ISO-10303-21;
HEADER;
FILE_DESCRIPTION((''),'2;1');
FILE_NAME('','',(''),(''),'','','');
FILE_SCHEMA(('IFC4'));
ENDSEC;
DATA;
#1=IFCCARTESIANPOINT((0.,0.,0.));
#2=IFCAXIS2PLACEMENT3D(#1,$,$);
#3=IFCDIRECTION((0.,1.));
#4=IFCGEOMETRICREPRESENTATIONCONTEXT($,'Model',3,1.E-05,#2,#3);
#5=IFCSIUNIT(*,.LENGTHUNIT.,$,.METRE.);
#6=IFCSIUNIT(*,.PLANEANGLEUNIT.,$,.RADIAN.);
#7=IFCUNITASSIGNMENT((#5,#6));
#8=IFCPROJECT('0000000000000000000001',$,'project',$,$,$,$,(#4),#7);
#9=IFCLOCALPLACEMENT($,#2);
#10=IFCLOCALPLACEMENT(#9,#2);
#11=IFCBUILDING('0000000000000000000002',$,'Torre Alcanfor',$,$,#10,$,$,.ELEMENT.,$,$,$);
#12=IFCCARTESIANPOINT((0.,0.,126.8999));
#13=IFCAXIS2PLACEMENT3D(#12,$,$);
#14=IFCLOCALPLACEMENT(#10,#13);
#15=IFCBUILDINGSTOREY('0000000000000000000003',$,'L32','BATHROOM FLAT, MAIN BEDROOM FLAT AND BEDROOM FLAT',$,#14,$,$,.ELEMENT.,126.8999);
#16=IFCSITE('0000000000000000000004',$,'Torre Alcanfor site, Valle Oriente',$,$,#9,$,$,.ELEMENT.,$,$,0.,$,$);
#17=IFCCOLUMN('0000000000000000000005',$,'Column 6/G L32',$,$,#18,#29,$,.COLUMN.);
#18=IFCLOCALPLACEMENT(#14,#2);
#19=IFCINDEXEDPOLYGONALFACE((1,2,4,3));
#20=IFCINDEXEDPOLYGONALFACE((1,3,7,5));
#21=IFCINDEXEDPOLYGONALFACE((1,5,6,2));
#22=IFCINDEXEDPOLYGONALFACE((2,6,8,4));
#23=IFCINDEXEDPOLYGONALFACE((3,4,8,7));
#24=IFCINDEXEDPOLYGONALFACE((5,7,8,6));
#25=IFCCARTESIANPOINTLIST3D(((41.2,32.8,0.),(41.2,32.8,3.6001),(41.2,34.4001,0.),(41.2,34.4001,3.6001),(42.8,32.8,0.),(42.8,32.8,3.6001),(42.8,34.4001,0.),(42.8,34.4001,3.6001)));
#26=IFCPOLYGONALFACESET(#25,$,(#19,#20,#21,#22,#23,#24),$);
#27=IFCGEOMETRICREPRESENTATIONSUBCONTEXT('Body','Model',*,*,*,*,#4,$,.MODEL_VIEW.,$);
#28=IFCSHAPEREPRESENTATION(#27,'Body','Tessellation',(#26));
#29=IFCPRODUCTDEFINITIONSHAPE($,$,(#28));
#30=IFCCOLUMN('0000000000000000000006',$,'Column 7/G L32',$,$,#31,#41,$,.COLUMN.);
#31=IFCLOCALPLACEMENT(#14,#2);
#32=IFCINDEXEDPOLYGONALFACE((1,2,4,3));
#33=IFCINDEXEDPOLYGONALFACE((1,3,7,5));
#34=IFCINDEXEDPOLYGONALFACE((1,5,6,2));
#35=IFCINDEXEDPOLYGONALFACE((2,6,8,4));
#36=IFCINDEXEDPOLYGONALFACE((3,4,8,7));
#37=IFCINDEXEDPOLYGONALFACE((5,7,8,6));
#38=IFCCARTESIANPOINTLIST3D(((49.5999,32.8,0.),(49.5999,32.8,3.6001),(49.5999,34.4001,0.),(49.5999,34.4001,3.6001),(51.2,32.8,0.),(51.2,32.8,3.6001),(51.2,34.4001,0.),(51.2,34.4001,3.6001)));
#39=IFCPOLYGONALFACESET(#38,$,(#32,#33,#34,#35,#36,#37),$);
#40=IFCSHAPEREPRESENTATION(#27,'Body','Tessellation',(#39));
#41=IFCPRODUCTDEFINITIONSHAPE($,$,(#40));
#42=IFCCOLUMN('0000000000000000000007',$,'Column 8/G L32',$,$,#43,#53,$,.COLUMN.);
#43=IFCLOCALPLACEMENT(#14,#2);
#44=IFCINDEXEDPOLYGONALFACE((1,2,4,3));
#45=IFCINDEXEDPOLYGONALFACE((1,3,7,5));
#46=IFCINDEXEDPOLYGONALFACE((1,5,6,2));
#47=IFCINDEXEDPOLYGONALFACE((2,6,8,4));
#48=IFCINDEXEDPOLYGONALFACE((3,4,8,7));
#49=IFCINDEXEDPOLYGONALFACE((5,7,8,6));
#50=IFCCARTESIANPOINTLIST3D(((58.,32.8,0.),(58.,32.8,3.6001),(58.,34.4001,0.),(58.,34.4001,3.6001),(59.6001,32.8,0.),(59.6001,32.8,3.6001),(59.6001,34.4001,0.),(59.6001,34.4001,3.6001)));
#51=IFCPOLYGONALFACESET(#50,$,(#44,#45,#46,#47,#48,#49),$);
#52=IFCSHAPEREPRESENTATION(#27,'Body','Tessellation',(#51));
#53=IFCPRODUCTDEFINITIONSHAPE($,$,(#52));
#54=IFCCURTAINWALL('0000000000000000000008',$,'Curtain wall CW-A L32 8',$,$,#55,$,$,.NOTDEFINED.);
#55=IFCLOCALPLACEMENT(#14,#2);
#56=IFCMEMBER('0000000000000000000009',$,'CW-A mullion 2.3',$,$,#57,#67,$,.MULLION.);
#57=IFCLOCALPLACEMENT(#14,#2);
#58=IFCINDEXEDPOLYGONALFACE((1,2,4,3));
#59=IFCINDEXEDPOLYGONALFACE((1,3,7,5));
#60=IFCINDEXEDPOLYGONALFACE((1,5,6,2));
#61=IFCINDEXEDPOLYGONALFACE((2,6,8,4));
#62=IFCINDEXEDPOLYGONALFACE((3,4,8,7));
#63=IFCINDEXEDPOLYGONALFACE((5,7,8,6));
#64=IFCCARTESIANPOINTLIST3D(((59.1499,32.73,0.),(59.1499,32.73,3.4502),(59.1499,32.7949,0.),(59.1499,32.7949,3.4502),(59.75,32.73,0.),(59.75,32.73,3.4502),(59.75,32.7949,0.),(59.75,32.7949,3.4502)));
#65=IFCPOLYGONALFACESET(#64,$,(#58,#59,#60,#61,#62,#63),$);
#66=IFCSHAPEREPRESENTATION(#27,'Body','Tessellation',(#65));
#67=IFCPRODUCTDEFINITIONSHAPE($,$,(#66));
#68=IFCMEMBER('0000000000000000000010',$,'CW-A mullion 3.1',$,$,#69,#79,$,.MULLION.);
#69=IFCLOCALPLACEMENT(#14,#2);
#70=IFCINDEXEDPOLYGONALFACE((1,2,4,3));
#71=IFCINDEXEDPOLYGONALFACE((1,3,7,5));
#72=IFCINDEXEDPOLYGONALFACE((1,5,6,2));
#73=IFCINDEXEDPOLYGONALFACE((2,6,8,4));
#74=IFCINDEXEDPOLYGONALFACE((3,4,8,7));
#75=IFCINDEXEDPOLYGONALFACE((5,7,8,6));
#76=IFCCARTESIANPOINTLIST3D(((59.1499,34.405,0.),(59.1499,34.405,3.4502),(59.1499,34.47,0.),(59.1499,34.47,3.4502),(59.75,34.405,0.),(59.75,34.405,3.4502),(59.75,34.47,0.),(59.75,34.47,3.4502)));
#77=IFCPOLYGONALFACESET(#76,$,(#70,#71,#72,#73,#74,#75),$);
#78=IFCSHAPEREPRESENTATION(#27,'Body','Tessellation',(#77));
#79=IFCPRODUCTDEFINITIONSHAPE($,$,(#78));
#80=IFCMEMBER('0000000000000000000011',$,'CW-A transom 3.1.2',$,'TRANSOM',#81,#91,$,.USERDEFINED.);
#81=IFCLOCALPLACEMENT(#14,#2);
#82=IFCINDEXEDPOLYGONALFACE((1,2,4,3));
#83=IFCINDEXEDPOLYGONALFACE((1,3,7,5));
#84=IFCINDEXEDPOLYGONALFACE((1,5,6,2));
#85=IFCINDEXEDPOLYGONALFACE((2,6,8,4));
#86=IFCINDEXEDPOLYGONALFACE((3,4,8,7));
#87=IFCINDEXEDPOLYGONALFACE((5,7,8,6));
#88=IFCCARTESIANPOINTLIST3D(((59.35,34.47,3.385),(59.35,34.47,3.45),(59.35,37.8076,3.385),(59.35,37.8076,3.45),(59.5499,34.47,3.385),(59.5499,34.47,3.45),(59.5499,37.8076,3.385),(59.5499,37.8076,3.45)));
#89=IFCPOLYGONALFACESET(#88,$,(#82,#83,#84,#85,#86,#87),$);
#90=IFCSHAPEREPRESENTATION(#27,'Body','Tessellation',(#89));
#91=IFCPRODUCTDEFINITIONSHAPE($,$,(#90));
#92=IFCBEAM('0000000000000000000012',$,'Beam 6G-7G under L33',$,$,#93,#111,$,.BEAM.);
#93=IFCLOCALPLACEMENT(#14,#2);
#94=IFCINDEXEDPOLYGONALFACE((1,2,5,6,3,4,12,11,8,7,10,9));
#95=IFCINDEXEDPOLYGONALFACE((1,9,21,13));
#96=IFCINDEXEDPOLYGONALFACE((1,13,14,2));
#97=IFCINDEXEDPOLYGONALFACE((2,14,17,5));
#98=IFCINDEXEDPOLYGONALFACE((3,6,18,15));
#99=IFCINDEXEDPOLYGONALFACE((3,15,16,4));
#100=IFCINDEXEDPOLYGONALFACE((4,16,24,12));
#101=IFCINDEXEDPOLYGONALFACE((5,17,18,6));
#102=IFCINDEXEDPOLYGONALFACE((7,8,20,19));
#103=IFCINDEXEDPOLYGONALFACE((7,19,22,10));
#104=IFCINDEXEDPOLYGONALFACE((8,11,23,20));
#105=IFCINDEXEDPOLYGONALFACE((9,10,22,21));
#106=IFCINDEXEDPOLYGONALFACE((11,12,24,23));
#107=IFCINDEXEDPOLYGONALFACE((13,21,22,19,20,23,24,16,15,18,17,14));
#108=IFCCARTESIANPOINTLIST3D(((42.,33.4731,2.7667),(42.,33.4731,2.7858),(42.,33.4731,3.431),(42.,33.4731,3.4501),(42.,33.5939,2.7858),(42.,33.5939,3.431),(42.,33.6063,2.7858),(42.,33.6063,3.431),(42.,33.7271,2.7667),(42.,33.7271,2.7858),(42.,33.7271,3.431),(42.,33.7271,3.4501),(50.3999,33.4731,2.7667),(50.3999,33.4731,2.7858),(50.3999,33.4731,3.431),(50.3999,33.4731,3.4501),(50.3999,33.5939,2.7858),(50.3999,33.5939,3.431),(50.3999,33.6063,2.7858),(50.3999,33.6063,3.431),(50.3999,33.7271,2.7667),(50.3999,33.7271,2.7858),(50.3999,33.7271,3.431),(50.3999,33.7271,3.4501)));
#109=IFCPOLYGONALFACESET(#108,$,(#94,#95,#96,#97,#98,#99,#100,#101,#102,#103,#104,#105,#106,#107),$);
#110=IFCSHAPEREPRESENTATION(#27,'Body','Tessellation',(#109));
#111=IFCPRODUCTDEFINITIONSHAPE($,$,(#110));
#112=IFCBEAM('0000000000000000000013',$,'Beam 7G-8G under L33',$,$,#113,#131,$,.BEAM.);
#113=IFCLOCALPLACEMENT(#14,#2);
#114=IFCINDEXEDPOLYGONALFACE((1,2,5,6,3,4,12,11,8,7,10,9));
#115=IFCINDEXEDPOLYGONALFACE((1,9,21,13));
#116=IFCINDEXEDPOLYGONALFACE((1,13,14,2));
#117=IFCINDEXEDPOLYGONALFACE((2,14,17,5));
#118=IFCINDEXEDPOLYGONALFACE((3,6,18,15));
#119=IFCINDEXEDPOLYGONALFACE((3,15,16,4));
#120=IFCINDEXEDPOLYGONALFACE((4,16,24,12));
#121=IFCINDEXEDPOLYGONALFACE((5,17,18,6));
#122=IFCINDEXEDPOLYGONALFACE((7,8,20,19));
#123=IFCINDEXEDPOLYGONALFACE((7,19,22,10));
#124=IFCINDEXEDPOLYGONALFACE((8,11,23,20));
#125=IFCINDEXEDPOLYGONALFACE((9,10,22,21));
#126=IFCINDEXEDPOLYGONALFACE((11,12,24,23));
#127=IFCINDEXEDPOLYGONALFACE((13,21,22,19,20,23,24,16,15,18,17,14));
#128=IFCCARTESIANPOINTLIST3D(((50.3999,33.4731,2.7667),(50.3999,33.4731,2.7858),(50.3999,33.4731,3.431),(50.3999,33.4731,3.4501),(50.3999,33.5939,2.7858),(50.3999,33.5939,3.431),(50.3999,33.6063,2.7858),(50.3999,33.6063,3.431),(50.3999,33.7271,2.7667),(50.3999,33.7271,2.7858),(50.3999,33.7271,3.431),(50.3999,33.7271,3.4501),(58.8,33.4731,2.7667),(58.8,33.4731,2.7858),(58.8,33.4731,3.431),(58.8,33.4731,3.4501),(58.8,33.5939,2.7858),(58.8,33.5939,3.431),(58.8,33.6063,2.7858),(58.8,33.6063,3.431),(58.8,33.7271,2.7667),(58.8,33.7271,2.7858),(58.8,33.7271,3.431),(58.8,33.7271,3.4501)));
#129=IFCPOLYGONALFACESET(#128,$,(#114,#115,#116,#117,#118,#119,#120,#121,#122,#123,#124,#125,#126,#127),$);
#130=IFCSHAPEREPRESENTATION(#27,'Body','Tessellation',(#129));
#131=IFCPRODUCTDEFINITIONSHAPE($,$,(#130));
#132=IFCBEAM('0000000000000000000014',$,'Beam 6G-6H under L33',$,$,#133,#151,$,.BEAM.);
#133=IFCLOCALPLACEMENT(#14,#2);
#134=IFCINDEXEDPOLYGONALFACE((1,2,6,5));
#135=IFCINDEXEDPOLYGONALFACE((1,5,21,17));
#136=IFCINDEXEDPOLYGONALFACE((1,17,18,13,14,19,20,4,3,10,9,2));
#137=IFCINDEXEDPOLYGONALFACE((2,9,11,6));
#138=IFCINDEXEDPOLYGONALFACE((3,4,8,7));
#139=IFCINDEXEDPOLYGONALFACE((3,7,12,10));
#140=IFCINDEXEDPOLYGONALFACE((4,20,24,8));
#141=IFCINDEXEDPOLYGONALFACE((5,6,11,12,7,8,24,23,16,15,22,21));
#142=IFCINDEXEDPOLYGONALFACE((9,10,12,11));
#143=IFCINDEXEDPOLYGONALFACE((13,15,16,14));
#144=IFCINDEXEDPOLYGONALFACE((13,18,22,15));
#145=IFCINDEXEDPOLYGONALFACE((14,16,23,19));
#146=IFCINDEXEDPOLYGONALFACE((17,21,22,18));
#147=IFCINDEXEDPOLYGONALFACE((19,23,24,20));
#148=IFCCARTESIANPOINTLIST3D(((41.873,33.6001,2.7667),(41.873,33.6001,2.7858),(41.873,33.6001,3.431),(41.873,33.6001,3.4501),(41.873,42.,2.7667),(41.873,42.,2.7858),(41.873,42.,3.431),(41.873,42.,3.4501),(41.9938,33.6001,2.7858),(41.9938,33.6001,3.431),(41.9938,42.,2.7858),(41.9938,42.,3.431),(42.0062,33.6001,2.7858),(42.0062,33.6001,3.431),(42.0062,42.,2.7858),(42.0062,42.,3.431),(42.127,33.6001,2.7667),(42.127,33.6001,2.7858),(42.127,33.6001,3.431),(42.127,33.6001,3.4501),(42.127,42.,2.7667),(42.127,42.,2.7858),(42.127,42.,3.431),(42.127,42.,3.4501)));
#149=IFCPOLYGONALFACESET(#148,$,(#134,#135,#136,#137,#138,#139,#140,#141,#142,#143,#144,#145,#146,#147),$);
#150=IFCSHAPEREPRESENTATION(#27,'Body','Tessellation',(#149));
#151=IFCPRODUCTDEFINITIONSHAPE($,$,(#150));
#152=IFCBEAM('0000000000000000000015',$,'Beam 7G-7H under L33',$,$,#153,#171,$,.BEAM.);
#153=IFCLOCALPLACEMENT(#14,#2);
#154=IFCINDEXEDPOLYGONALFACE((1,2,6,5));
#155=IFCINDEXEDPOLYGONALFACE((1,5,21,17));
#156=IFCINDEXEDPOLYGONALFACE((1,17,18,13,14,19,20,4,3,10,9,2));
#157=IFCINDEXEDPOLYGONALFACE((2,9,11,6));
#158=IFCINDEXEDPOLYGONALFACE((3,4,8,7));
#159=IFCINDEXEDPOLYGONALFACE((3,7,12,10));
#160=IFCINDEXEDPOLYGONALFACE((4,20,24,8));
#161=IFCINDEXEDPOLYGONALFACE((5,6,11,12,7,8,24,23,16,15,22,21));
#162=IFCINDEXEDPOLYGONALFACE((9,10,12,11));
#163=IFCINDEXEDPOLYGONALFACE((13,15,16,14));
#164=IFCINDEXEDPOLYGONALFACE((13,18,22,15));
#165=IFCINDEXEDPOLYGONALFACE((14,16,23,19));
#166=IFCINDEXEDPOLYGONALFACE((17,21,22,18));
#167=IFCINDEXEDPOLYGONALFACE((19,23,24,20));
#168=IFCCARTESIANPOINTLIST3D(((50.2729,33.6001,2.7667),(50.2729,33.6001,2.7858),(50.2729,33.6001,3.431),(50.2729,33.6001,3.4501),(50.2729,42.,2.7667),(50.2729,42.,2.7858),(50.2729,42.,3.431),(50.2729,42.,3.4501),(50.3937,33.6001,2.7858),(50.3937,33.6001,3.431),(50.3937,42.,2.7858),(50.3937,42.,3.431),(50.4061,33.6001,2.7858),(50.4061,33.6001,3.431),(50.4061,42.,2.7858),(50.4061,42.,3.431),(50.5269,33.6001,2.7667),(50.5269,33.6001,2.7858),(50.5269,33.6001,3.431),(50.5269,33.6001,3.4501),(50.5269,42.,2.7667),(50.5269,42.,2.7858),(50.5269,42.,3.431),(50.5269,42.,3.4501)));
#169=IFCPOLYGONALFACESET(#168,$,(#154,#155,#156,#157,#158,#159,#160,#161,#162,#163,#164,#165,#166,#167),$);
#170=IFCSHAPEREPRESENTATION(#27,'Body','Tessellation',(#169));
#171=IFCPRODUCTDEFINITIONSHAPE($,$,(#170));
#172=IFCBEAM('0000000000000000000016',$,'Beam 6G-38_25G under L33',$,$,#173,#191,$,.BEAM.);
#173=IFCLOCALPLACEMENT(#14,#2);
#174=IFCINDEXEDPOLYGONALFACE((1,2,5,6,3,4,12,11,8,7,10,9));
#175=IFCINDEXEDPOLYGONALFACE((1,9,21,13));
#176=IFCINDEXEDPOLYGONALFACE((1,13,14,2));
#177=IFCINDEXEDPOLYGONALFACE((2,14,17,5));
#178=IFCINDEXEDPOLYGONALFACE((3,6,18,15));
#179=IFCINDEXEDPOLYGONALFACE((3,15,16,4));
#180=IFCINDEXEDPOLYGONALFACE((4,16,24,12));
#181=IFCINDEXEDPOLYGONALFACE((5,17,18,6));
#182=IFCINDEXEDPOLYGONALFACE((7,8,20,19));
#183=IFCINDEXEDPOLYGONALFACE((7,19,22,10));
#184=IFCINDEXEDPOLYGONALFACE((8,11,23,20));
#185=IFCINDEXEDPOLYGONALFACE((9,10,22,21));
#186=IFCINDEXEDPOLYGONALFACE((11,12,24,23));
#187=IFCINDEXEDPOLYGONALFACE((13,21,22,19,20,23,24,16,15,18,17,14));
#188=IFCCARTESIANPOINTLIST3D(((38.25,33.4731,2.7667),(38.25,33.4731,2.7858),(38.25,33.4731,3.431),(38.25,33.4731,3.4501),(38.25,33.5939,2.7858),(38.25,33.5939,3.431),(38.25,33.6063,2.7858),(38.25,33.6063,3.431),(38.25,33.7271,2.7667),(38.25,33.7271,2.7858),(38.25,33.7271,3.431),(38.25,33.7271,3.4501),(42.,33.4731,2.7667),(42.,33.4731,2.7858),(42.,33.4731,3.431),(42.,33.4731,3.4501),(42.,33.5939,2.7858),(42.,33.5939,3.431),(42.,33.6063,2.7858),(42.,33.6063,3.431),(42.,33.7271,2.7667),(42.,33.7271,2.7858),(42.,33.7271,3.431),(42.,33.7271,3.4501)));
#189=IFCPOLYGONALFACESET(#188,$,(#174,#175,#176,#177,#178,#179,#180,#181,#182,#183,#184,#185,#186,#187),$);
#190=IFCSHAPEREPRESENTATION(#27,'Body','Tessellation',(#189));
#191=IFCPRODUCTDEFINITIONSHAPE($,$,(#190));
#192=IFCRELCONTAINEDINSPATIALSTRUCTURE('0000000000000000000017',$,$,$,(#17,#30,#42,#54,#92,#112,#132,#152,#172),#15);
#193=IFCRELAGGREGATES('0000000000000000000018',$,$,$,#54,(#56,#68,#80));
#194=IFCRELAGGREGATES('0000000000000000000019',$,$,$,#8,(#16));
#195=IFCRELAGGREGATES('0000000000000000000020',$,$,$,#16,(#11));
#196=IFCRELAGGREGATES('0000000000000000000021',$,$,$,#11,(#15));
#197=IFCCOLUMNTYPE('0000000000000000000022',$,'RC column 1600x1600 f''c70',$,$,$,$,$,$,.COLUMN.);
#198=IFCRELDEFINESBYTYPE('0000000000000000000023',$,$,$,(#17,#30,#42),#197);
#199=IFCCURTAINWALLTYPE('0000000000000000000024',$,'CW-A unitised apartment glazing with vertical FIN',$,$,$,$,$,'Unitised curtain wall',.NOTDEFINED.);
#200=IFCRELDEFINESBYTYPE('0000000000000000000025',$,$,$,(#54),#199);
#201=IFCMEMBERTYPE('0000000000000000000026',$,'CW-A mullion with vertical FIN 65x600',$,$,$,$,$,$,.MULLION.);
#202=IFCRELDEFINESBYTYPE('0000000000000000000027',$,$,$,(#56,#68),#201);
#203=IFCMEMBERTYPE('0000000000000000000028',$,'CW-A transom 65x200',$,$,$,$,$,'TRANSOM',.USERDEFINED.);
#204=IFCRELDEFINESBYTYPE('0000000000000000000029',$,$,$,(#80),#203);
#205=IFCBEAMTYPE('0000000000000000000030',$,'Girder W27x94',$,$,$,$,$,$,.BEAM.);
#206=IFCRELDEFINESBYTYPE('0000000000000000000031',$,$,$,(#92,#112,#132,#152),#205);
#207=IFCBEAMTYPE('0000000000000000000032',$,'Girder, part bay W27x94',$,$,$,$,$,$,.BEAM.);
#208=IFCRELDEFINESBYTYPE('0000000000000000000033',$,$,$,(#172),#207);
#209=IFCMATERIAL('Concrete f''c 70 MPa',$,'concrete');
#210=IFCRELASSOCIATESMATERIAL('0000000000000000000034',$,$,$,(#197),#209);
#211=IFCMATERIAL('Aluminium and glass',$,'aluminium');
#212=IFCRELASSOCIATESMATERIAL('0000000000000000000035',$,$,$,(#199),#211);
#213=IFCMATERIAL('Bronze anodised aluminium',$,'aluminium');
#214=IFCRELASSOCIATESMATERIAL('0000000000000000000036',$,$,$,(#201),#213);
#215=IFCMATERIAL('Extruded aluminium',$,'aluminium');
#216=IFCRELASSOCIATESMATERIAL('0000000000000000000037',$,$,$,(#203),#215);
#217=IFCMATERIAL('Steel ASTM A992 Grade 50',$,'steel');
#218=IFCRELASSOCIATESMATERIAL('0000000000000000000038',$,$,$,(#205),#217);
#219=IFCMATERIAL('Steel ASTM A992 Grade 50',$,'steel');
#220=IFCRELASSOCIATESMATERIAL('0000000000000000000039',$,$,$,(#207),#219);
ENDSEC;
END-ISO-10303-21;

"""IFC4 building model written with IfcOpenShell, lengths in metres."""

from ifc_helpers import new_model, si_unit, direction, frame, origin, origin_2d, place, context, subcontext, project, spatial, rectangle, i_section, extrude, material, material_profile, profile_set, type_object, element, aggregate, save


model = new_model("IFC4")

# Units and contexts
model_context = context("Model", 3, precision=1e-05, world=origin(), true_north=direction((0.0, 1.0)))
body_context = subcontext(model_context, "Body", "Model", "MODEL_VIEW")
ifc_project = project(units=[si_unit("LENGTHUNIT", "METRE"), si_unit("PLANEANGLEUNIT", "RADIAN")], contexts=[model_context])

# Site, building, storey
site_placement = place(None, origin())
site = spatial("IfcSite", under=ifc_project, at=site_placement, Name="Torre Alcanfor site, Valle Oriente", CompositionType="ELEMENT", RefElevation=0.0)
building_placement = place(site_placement, origin())
building = spatial("IfcBuilding", under=site, at=building_placement, Name="Torre Alcanfor", CompositionType="ELEMENT")
storey_placement = place(building_placement, frame((0.0, 0.0, 126.8999)))
storey = spatial("IfcBuildingStorey", under=building, at=storey_placement, Name="L32", Description="BATHROOM FLAT, MAIN BEDROOM FLAT AND BEDROOM FLAT", CompositionType="ELEMENT", Elevation=126.8999)

# Columns
ifc_material_1 = material(Name="Concrete f'c 70 MPa", Category="concrete")
ifc_material_profile_1 = material_profile(ifc_material_1, rectangle(XDim=1.6001, YDim=1.6001, at=origin_2d()), Name="1600x1600")
ifc_profile_set_1 = profile_set([ifc_material_profile_1], Name="Concrete f'c 70 MPa")
column_type = type_object("IfcColumnType", Name="RC column 1600x1600 f'c70", PredefinedType="COLUMN", material=ifc_profile_set_1)
for number, where, z_axis, x_axis, name in (
    (1, (42.0, 33.6001, 0.0), (0.0, 0.0, 1.0), (1.0, 0.0, 0.0), "Column 6/G L32"),
    (2, (50.3999, 33.6001, 0.0), (0.0, 0.0, 1.0), (1.0, 0.0, 0.0), "Column 7/G L32"),
    (3, (58.8, 33.6001, 0.0), (0.0, 0.0, 1.0), (1.0, 0.0, 0.0), "Column 8/G L32"),
):
    element("IfcColumn", number, at=place(storey_placement, frame(where, z_axis=z_axis, x_axis=x_axis)), inside=storey, type_object=column_type, Name=name, PredefinedType="COLUMN", context=body_context, shape_type="SweptSolid", body=[
        extrude(rectangle(XDim=1.6001, YDim=1.6001, at=origin_2d()), origin(), (0.0, 0.0, 1.0), 3.6001),
    ])

# Curtain wall, members
ifc_material_2 = material(Name="Aluminium and glass", Category="aluminium")
curtain_wall_type = type_object("IfcCurtainWallType", Name="CW-A unitised apartment glazing with vertical FIN", ElementType="Unitised curtain wall", PredefinedType="NOTDEFINED", material=ifc_material_2)
curtain_wall_placement = place(storey_placement, origin())
curtain_wall = element("IfcCurtainWall", 4, at=curtain_wall_placement, inside=storey, type_object=curtain_wall_type, Name="Curtain wall CW-A L32 8", PredefinedType="NOTDEFINED")
ifc_material_3 = material(Name="Bronze anodised aluminium", Category="aluminium")
ifc_material_profile_2 = material_profile(ifc_material_3, rectangle(XDim=0.6001, YDim=0.0649, at=origin_2d()), Name="CW-A mullion 65x600")
ifc_profile_set_2 = profile_set([ifc_material_profile_2], Name="Bronze anodised aluminium")
member_type_1 = type_object("IfcMemberType", Name="CW-A mullion with vertical FIN 65x600", PredefinedType="MULLION", material=ifc_profile_set_2)
member_1_placement = place(storey_placement, frame((59.45, 32.7625, 0.0), z_axis=(0.0, 0.0, 1.0), x_axis=(-1.0, 0.0, 0.0)))
member_1 = element("IfcMember", 5, at=member_1_placement, type_object=member_type_1, Name="CW-A mullion 2.3", PredefinedType="MULLION", context=body_context, shape_type="SweptSolid", body=[
    extrude(rectangle(XDim=0.6001, YDim=0.0649, at=origin_2d()), origin(), (0.0, 0.0, 1.0), 3.4502),
])
member_2_placement = place(storey_placement, frame((59.45, 34.4375, 0.0), z_axis=(0.0, 0.0, 1.0), x_axis=(-1.0, 0.0, 0.0)))
member_2 = element("IfcMember", 6, at=member_2_placement, type_object=member_type_1, Name="CW-A mullion 3.1", PredefinedType="MULLION", context=body_context, shape_type="SweptSolid", body=[
    extrude(rectangle(XDim=0.6001, YDim=0.0649, at=origin_2d()), origin(), (0.0, 0.0, 1.0), 3.4502),
])
ifc_material_4 = material(Name="Extruded aluminium", Category="aluminium")
ifc_material_profile_3 = material_profile(ifc_material_4, rectangle(XDim=0.2, YDim=0.0649, at=origin_2d()), Name="CW-A transom 200x65")
ifc_profile_set_3 = profile_set([ifc_material_profile_3], Name="Extruded aluminium")
member_type_2 = type_object("IfcMemberType", Name="CW-A transom 65x200", ElementType="TRANSOM", PredefinedType="USERDEFINED", material=ifc_profile_set_3)
member_3_placement = place(storey_placement, frame((59.45, 34.47, 3.4175), z_axis=(0.0, 1.0, 0.0), x_axis=(-1.0, 0.0, 0.0)))
member_3 = element("IfcMember", 7, at=member_3_placement, type_object=member_type_2, Name="CW-A transom 3.1.2", ObjectType="TRANSOM", PredefinedType="USERDEFINED", context=body_context, shape_type="SweptSolid", body=[
    extrude(rectangle(XDim=0.2, YDim=0.0649, at=origin_2d()), origin(), (0.0, 0.0, 1.0), 3.3376),
])

# Beams
ifc_material_5 = material(Name="Steel ASTM A992 Grade 50", Category="steel")
ifc_material_profile_4 = material_profile(ifc_material_5, i_section(OverallWidth=0.2539, OverallDepth=0.6833, WebThickness=0.0125, FlangeThickness=0.019, at=origin_2d()), Name="W27x94")
ifc_profile_set_4 = profile_set([ifc_material_profile_4], Name="Steel ASTM A992 Grade 50")
beam_type_1 = type_object("IfcBeamType", Name="Girder W27x94", PredefinedType="BEAM", material=ifc_profile_set_4)
beam_1_placement = place(storey_placement, frame((42.0, 33.6001, 3.1084), z_axis=(1.0, 0.0, 0.0), x_axis=(0.0, 1.0, 0.0)))
element("IfcBeam", 8, at=beam_1_placement, inside=storey, type_object=beam_type_1, Name="Beam 6G-7G under L33", PredefinedType="BEAM", context=body_context, shape_type="SweptSolid", body=[
    extrude(i_section(OverallWidth=0.2539, OverallDepth=0.6833, WebThickness=0.0125, FlangeThickness=0.019, at=origin_2d()), origin(), (0.0, 0.0, 1.0), 8.3999),
])
beam_2_placement = place(storey_placement, frame((50.3999, 33.6001, 3.1084), z_axis=(1.0, 0.0, 0.0), x_axis=(0.0, 1.0, 0.0)))
element("IfcBeam", 9, at=beam_2_placement, inside=storey, type_object=beam_type_1, Name="Beam 7G-8G under L33", PredefinedType="BEAM", context=body_context, shape_type="SweptSolid", body=[
    extrude(i_section(OverallWidth=0.2539, OverallDepth=0.6833, WebThickness=0.0125, FlangeThickness=0.019, at=origin_2d()), origin(), (0.0, 0.0, 1.0), 8.4001),
])
for number, where, z_axis, x_axis, name in (
    (10, (42.0, 33.6001, 3.1084), (0.0, 1.0, 0.0), (-1.0, 0.0, 0.0), "Beam 6G-6H under L33"),
    (11, (50.3999, 33.6001, 3.1084), (0.0, 1.0, 0.0), (-1.0, 0.0, 0.0), "Beam 7G-7H under L33"),
):
    element("IfcBeam", number, at=place(storey_placement, frame(where, z_axis=z_axis, x_axis=x_axis)), inside=storey, type_object=beam_type_1, Name=name, PredefinedType="BEAM", context=body_context, shape_type="SweptSolid", body=[
        extrude(i_section(OverallWidth=0.2539, OverallDepth=0.6833, WebThickness=0.0125, FlangeThickness=0.019, at=origin_2d()), origin(), (0.0, 0.0, 1.0), 8.3999),
    ])
ifc_material_6 = material(Name="Steel ASTM A992 Grade 50", Category="steel")
ifc_material_profile_5 = material_profile(ifc_material_6, i_section(OverallWidth=0.2539, OverallDepth=0.6833, WebThickness=0.0125, FlangeThickness=0.019, at=origin_2d()), Name="W27x94")
ifc_profile_set_5 = profile_set([ifc_material_profile_5], Name="Steel ASTM A992 Grade 50")
beam_type_2 = type_object("IfcBeamType", Name="Girder, part bay W27x94", PredefinedType="BEAM", material=ifc_profile_set_5)
beam_3_placement = place(storey_placement, frame((42.0, 33.6001, 3.1084), z_axis=(-1.0, 0.0, 0.0), x_axis=(0.0, -1.0, 0.0)))
element("IfcBeam", 12, at=beam_3_placement, inside=storey, type_object=beam_type_2, Name="Beam 6G-38_25G under L33", PredefinedType="BEAM", context=body_context, shape_type="SweptSolid", body=[
    extrude(i_section(OverallWidth=0.2539, OverallDepth=0.6833, WebThickness=0.0125, FlangeThickness=0.019, at=origin_2d()), origin(), (0.0, 0.0, 1.0), 3.75),
])

aggregate(curtain_wall, [member_1, member_2, member_3])

save(model, "model.ifc")
